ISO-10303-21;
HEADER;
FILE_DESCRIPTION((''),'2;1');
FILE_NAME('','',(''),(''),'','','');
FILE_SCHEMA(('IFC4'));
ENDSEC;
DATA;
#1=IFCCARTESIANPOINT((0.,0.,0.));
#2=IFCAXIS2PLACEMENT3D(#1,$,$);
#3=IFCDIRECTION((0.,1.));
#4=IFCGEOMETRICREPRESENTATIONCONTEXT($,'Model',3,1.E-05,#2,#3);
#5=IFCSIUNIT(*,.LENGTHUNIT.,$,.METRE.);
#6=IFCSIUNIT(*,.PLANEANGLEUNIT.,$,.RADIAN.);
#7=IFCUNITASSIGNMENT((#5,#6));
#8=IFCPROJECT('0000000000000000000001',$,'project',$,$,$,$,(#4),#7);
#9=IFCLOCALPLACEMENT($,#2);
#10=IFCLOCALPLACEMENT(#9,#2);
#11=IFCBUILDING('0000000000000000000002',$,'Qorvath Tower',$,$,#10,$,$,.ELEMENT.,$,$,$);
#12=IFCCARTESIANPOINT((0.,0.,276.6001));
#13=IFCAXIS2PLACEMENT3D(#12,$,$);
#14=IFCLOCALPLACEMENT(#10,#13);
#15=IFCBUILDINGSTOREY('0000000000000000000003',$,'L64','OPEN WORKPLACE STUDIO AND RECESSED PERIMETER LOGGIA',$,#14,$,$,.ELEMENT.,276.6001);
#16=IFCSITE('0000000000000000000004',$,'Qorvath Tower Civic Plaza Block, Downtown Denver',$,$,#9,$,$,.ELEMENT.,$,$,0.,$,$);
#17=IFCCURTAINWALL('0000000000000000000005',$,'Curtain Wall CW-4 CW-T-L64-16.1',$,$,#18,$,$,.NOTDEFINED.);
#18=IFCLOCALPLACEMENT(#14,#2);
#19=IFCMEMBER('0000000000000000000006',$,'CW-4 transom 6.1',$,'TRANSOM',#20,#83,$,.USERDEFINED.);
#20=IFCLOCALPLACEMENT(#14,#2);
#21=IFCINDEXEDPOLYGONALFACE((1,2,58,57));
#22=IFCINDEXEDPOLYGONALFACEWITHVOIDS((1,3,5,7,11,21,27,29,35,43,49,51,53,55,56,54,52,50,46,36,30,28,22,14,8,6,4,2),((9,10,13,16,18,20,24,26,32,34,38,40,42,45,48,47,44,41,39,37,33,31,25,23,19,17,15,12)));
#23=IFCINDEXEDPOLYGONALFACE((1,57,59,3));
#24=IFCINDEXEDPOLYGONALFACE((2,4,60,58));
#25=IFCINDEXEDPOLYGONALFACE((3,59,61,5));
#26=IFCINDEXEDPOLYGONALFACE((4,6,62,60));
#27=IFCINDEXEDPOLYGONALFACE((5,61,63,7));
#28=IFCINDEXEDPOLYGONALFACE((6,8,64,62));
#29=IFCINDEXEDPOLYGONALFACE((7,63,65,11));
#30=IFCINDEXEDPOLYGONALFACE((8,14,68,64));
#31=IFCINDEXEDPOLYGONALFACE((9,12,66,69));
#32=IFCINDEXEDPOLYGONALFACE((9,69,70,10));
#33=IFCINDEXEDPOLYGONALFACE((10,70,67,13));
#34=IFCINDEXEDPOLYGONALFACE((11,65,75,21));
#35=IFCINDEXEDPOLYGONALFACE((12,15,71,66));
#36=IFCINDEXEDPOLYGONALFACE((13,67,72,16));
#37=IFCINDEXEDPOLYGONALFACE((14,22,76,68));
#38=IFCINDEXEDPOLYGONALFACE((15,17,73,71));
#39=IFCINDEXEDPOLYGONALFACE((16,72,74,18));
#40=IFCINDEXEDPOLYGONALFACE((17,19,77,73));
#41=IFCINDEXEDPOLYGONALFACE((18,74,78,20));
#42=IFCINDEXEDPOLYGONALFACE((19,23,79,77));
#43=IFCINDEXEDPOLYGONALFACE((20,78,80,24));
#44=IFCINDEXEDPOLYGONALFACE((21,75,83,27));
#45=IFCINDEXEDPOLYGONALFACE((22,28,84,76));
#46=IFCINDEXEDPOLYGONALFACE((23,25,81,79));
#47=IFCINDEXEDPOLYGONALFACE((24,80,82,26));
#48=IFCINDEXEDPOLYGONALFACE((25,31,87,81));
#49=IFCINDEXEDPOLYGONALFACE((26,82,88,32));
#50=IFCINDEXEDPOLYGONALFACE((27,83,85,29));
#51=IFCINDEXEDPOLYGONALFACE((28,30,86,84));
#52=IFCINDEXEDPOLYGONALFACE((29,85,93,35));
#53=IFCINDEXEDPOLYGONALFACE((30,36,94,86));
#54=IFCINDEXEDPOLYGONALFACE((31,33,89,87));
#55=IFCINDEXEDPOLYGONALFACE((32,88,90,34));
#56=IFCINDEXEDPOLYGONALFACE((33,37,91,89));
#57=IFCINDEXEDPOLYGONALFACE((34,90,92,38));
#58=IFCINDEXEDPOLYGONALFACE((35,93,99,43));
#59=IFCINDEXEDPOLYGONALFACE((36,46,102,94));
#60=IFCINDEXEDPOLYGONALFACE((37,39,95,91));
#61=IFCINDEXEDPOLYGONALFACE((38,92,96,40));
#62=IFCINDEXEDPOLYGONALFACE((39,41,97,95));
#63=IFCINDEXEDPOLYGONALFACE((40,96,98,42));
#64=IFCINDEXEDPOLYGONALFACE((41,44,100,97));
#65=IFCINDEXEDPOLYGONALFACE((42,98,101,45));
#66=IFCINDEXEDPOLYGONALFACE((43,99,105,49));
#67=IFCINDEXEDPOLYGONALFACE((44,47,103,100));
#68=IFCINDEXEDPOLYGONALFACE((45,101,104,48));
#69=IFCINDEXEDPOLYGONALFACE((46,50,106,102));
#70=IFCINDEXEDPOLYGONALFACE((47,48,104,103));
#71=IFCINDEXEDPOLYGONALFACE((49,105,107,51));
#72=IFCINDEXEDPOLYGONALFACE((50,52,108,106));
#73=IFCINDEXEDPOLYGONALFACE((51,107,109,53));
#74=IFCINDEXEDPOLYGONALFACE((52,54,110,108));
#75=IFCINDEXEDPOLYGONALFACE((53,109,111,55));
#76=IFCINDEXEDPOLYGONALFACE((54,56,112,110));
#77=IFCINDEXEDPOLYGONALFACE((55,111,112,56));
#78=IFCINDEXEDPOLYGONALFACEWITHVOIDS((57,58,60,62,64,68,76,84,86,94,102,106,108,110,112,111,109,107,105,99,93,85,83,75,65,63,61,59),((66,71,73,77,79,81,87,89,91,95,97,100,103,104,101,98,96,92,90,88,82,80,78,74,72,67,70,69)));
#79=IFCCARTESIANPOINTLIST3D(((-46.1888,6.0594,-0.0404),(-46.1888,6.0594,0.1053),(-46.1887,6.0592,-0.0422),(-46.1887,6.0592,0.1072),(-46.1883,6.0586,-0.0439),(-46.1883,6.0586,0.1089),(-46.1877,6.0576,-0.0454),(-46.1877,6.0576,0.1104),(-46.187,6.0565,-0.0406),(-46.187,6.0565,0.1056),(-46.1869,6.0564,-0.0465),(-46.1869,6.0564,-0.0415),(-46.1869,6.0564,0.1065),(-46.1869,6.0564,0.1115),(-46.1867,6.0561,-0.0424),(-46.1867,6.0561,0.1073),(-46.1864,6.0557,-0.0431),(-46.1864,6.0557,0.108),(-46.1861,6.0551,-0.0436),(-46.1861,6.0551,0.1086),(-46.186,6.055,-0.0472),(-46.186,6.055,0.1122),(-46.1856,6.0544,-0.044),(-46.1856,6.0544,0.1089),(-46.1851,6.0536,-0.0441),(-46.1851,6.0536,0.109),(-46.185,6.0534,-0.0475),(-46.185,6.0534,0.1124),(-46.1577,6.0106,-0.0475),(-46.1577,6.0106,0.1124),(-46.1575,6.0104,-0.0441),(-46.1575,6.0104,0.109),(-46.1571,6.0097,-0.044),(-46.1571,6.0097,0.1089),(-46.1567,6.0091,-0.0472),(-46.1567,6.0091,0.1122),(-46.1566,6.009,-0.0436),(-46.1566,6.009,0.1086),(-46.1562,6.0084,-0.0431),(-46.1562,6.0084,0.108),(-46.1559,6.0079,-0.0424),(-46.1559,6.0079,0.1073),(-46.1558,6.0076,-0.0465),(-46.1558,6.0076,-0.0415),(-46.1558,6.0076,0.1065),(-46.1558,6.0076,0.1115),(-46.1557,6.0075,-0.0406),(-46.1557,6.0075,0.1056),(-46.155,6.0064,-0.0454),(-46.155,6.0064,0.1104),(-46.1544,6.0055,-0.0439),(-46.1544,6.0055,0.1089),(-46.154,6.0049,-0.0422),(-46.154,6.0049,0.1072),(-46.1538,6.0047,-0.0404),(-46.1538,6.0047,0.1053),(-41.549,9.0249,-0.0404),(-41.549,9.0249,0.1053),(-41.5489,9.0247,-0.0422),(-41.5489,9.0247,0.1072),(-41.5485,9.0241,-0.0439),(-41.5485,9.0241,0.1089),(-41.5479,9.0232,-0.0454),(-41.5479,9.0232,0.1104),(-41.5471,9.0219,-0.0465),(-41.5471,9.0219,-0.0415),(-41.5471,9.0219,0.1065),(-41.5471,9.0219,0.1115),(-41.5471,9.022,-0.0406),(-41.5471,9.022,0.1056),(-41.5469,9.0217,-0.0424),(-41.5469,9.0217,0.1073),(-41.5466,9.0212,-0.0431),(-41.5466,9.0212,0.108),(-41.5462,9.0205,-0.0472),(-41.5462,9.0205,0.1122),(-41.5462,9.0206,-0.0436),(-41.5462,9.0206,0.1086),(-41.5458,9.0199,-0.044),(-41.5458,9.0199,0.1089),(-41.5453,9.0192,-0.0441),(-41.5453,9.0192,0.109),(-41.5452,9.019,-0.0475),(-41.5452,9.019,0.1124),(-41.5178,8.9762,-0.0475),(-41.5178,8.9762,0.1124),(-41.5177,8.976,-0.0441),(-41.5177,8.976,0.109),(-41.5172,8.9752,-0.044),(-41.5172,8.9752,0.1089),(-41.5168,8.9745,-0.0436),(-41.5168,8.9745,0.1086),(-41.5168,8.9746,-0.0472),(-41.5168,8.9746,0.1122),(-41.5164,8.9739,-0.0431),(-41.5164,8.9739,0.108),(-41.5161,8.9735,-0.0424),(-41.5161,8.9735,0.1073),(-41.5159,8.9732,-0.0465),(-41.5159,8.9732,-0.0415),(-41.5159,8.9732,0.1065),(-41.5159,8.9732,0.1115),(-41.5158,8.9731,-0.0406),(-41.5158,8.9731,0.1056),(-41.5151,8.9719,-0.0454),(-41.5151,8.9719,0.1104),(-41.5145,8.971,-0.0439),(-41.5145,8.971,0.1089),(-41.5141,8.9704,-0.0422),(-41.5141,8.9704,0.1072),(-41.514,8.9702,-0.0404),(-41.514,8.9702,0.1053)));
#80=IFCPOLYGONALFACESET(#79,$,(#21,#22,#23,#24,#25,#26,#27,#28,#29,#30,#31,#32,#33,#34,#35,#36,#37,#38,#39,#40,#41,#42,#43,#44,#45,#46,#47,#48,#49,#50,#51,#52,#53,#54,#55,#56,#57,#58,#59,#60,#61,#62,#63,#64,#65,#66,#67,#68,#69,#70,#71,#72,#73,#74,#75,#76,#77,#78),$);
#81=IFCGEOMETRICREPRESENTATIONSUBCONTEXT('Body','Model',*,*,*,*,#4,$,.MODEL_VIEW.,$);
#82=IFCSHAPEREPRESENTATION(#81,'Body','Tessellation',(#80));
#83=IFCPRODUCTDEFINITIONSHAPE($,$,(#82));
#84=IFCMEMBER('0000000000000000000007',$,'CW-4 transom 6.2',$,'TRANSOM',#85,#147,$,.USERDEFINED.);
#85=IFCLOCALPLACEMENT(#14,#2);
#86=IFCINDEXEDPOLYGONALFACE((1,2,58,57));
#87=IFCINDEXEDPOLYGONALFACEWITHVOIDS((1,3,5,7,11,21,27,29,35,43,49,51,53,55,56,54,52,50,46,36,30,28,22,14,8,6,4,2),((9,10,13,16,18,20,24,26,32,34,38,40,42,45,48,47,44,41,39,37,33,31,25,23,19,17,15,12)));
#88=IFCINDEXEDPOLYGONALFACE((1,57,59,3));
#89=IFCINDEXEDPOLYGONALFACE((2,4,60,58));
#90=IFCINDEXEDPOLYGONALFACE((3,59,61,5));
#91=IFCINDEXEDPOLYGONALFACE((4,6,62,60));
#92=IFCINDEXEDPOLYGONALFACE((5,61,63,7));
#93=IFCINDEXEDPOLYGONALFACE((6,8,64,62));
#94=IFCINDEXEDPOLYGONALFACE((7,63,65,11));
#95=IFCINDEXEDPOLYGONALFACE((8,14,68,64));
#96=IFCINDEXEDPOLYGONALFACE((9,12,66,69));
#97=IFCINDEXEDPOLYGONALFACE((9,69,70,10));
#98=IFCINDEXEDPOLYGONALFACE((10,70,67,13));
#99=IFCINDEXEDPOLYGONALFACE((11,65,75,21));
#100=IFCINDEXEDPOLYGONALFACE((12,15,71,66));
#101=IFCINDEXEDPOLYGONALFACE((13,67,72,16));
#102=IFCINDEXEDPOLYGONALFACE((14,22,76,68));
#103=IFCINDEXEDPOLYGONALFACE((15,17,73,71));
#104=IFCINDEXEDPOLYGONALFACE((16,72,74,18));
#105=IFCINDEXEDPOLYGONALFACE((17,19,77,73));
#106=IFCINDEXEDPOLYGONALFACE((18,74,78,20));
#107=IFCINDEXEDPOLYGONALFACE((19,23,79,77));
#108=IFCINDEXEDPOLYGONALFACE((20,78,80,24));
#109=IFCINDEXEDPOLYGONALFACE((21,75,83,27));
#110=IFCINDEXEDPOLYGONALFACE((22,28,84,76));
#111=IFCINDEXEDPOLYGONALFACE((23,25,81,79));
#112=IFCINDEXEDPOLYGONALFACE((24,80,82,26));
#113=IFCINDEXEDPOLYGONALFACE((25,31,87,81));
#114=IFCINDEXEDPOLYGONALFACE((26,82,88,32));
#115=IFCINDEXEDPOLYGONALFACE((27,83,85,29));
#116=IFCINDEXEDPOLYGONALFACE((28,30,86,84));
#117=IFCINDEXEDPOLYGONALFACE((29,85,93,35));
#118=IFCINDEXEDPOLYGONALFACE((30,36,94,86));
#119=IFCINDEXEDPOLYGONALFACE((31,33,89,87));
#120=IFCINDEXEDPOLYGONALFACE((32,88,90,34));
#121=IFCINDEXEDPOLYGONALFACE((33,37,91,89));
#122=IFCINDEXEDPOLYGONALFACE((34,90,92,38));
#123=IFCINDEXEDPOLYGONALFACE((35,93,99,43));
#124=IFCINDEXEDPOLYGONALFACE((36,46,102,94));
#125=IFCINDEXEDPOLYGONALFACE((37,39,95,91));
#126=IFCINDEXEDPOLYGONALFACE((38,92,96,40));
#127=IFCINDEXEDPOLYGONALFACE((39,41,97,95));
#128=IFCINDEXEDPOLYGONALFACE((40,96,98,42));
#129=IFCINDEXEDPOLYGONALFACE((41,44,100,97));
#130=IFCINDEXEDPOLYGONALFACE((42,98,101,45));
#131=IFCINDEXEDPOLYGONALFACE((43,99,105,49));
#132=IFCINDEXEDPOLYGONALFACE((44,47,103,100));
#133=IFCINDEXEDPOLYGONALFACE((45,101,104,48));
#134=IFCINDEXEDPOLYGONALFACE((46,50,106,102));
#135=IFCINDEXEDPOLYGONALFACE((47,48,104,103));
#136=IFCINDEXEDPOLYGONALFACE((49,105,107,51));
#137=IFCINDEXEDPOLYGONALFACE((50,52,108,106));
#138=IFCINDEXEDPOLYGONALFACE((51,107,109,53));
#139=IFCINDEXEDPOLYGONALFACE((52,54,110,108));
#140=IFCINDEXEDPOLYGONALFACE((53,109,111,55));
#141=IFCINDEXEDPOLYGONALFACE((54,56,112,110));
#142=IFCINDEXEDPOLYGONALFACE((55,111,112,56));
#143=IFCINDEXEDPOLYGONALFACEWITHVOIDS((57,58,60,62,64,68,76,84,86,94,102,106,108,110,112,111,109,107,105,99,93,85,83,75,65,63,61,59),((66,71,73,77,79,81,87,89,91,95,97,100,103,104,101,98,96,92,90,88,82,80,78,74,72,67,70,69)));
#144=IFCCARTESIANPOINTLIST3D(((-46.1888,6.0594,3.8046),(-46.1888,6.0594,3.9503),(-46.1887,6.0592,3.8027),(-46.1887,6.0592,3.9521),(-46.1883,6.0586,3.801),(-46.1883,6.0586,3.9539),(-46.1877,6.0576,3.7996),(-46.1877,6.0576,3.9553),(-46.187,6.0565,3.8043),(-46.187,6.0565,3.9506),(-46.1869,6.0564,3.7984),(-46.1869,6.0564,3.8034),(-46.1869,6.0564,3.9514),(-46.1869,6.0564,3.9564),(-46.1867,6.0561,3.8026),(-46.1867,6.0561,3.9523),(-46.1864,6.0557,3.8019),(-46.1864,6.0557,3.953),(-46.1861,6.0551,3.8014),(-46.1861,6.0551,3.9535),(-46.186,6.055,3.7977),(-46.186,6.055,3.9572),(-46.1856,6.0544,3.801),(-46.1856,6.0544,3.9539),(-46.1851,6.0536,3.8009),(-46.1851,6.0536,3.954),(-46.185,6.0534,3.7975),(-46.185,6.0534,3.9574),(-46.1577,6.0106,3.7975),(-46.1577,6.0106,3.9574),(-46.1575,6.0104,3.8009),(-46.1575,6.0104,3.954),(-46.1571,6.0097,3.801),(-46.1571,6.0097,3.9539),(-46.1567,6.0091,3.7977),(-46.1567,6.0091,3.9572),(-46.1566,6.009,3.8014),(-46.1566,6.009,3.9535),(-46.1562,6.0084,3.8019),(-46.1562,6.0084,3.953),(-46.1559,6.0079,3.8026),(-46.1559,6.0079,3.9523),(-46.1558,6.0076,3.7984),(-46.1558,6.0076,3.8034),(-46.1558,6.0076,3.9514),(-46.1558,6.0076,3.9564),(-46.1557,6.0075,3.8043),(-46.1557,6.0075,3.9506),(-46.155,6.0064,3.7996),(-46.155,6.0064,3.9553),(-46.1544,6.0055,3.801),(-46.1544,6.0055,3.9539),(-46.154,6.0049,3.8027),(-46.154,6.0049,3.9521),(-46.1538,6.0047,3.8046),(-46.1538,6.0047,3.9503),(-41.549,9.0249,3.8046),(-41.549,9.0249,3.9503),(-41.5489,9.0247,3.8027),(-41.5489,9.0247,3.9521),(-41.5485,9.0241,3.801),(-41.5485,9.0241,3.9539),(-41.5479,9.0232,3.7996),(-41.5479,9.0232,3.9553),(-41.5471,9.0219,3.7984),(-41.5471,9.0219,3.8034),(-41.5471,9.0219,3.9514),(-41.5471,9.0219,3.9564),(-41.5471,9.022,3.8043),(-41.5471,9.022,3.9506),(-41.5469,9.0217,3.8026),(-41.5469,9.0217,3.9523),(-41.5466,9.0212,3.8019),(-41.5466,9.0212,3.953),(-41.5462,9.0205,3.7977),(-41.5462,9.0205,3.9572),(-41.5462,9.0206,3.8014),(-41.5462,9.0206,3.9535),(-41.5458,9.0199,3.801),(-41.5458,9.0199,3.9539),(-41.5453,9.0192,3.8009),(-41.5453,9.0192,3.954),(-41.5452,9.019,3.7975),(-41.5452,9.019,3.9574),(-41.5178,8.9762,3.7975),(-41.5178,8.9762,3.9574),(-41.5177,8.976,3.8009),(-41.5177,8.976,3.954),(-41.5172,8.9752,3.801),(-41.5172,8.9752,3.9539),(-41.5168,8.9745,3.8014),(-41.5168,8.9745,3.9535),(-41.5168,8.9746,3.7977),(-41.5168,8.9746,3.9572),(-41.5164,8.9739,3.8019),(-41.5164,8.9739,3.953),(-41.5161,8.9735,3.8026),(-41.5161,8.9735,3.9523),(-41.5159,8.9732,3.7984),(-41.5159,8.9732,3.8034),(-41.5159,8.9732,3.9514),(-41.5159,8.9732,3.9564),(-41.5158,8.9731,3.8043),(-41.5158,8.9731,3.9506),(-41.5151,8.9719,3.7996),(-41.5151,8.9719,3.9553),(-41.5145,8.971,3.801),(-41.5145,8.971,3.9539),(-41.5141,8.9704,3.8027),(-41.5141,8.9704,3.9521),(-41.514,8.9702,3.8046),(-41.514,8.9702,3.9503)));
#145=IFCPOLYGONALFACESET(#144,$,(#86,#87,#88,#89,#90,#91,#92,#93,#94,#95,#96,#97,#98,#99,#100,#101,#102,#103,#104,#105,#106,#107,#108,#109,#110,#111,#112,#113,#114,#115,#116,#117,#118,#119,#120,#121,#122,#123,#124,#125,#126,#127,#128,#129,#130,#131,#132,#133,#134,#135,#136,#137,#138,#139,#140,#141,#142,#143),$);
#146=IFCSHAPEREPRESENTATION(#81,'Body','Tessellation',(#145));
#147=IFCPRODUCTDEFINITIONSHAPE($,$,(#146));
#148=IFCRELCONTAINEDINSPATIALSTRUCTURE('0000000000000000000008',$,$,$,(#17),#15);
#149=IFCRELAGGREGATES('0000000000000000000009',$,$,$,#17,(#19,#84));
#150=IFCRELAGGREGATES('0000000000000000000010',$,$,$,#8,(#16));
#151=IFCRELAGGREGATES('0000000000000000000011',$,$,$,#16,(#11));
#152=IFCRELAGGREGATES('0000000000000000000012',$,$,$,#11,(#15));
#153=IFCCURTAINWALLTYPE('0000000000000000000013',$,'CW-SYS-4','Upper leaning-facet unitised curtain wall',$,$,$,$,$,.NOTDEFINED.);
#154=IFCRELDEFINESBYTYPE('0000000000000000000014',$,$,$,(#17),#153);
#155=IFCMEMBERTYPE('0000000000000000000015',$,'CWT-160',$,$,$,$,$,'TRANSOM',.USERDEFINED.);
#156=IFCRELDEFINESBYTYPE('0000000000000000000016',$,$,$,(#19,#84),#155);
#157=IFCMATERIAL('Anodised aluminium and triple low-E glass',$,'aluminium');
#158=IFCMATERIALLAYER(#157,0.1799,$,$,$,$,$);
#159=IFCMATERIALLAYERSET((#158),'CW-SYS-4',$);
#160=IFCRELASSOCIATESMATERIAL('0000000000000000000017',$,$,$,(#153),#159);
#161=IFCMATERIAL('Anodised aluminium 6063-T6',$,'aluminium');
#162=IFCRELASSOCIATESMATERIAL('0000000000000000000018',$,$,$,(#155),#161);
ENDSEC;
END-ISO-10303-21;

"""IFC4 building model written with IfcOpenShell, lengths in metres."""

from ifc_helpers import new_model, si_unit, direction, frame, origin, origin_2d, place, context, subcontext, project, spatial, hollow_rectangle, extrude, material, layer, layer_set, material_profile, profile_set, type_object, element, aggregate, save


model = new_model("IFC4")

# Units and contexts
model_context = context("Model", 3, precision=1e-05, world=origin(), true_north=direction((0.0, 1.0)))
body_context = subcontext(model_context, "Body", "Model", "MODEL_VIEW")
ifc_project = project(units=[si_unit("LENGTHUNIT", "METRE"), si_unit("PLANEANGLEUNIT", "RADIAN")], contexts=[model_context])

# Site, building, storey
site_placement = place(None, origin())
site = spatial("IfcSite", under=ifc_project, at=site_placement, Name="Qorvath Tower Civic Plaza Block, Downtown Denver", CompositionType="ELEMENT", RefElevation=0.0)
building_placement = place(site_placement, origin())
building = spatial("IfcBuilding", under=site, at=building_placement, Name="Qorvath Tower", CompositionType="ELEMENT")
storey_placement = place(building_placement, frame((0.0, 0.0, 276.6001)))
storey = spatial("IfcBuildingStorey", under=building, at=storey_placement, Name="L64", Description="OPEN WORKPLACE STUDIO AND RECESSED PERIMETER LOGGIA", CompositionType="ELEMENT", Elevation=276.6001)

# Curtain wall, members
ifc_material_1 = material(Name="Anodised aluminium and triple low-E glass", Category="aluminium")
ifc_layer_1 = layer(ifc_material_1, 0.1799)
ifc_layer_set_1 = layer_set([ifc_layer_1], Name="CW-SYS-4")
curtain_wall_type = type_object("IfcCurtainWallType", Name="CW-SYS-4", Description="Upper leaning-facet unitised curtain wall", PredefinedType="NOTDEFINED", material=ifc_layer_set_1)
curtain_wall_placement = place(storey_placement, origin())
curtain_wall = element("IfcCurtainWall", 1, at=curtain_wall_placement, inside=storey, type_object=curtain_wall_type, Name="Curtain Wall CW-4 CW-T-L64-16.1", PredefinedType="NOTDEFINED")
ifc_material_2 = material(Name="Anodised aluminium 6063-T6", Category="aluminium")
ifc_material_profile_1 = material_profile(ifc_material_2, hollow_rectangle(XDim=0.0649, YDim=0.1599, WallThickness=0.0034, InnerFilletRadius=0.0034, OuterFilletRadius=0.0071, at=origin_2d()), Name="CWT 160x65")
ifc_profile_set_1 = profile_set([ifc_material_profile_1], Name="Anodised aluminium 6063-T6")
member_type_1 = type_object("IfcMemberType", Name="CWT-160", ElementType="TRANSOM", PredefinedType="USERDEFINED", material=ifc_profile_set_1)
member_1_placement = place(storey_placement, frame((-41.5315, 8.9976, 0.0325), z_axis=(-0.842597, -0.538544, 0.0), x_axis=(0.538544, -0.842597, 0.0)))
member_1 = element("IfcMember", 2, at=member_1_placement, type_object=member_type_1, Name="CW-4 transom 6.1", ObjectType="TRANSOM", PredefinedType="USERDEFINED", context=body_context, shape_type="SweptSolid", body=[
    extrude(hollow_rectangle(XDim=0.0649, YDim=0.1599, WallThickness=0.0034, InnerFilletRadius=0.0034, OuterFilletRadius=0.0071, at=origin_2d()), origin(), (0.0, 0.0, 1.0), 5.5066),
])
member_2_placement = place(storey_placement, frame((-41.5315, 8.9976, 3.8774), z_axis=(-0.842597, -0.538544, 0.0), x_axis=(0.538544, -0.842597, 0.0)))
member_2 = element("IfcMember", 3, at=member_2_placement, type_object=member_type_1, Name="CW-4 transom 6.2", ObjectType="TRANSOM", PredefinedType="USERDEFINED", context=body_context, shape_type="SweptSolid", body=[
    extrude(hollow_rectangle(XDim=0.0649, YDim=0.1599, WallThickness=0.0034, InnerFilletRadius=0.0034, OuterFilletRadius=0.0071, at=origin_2d()), origin(), (0.0, 0.0, 1.0), 5.5066),
])

aggregate(curtain_wall, [member_1, member_2])

save(model, "model.ifc")
